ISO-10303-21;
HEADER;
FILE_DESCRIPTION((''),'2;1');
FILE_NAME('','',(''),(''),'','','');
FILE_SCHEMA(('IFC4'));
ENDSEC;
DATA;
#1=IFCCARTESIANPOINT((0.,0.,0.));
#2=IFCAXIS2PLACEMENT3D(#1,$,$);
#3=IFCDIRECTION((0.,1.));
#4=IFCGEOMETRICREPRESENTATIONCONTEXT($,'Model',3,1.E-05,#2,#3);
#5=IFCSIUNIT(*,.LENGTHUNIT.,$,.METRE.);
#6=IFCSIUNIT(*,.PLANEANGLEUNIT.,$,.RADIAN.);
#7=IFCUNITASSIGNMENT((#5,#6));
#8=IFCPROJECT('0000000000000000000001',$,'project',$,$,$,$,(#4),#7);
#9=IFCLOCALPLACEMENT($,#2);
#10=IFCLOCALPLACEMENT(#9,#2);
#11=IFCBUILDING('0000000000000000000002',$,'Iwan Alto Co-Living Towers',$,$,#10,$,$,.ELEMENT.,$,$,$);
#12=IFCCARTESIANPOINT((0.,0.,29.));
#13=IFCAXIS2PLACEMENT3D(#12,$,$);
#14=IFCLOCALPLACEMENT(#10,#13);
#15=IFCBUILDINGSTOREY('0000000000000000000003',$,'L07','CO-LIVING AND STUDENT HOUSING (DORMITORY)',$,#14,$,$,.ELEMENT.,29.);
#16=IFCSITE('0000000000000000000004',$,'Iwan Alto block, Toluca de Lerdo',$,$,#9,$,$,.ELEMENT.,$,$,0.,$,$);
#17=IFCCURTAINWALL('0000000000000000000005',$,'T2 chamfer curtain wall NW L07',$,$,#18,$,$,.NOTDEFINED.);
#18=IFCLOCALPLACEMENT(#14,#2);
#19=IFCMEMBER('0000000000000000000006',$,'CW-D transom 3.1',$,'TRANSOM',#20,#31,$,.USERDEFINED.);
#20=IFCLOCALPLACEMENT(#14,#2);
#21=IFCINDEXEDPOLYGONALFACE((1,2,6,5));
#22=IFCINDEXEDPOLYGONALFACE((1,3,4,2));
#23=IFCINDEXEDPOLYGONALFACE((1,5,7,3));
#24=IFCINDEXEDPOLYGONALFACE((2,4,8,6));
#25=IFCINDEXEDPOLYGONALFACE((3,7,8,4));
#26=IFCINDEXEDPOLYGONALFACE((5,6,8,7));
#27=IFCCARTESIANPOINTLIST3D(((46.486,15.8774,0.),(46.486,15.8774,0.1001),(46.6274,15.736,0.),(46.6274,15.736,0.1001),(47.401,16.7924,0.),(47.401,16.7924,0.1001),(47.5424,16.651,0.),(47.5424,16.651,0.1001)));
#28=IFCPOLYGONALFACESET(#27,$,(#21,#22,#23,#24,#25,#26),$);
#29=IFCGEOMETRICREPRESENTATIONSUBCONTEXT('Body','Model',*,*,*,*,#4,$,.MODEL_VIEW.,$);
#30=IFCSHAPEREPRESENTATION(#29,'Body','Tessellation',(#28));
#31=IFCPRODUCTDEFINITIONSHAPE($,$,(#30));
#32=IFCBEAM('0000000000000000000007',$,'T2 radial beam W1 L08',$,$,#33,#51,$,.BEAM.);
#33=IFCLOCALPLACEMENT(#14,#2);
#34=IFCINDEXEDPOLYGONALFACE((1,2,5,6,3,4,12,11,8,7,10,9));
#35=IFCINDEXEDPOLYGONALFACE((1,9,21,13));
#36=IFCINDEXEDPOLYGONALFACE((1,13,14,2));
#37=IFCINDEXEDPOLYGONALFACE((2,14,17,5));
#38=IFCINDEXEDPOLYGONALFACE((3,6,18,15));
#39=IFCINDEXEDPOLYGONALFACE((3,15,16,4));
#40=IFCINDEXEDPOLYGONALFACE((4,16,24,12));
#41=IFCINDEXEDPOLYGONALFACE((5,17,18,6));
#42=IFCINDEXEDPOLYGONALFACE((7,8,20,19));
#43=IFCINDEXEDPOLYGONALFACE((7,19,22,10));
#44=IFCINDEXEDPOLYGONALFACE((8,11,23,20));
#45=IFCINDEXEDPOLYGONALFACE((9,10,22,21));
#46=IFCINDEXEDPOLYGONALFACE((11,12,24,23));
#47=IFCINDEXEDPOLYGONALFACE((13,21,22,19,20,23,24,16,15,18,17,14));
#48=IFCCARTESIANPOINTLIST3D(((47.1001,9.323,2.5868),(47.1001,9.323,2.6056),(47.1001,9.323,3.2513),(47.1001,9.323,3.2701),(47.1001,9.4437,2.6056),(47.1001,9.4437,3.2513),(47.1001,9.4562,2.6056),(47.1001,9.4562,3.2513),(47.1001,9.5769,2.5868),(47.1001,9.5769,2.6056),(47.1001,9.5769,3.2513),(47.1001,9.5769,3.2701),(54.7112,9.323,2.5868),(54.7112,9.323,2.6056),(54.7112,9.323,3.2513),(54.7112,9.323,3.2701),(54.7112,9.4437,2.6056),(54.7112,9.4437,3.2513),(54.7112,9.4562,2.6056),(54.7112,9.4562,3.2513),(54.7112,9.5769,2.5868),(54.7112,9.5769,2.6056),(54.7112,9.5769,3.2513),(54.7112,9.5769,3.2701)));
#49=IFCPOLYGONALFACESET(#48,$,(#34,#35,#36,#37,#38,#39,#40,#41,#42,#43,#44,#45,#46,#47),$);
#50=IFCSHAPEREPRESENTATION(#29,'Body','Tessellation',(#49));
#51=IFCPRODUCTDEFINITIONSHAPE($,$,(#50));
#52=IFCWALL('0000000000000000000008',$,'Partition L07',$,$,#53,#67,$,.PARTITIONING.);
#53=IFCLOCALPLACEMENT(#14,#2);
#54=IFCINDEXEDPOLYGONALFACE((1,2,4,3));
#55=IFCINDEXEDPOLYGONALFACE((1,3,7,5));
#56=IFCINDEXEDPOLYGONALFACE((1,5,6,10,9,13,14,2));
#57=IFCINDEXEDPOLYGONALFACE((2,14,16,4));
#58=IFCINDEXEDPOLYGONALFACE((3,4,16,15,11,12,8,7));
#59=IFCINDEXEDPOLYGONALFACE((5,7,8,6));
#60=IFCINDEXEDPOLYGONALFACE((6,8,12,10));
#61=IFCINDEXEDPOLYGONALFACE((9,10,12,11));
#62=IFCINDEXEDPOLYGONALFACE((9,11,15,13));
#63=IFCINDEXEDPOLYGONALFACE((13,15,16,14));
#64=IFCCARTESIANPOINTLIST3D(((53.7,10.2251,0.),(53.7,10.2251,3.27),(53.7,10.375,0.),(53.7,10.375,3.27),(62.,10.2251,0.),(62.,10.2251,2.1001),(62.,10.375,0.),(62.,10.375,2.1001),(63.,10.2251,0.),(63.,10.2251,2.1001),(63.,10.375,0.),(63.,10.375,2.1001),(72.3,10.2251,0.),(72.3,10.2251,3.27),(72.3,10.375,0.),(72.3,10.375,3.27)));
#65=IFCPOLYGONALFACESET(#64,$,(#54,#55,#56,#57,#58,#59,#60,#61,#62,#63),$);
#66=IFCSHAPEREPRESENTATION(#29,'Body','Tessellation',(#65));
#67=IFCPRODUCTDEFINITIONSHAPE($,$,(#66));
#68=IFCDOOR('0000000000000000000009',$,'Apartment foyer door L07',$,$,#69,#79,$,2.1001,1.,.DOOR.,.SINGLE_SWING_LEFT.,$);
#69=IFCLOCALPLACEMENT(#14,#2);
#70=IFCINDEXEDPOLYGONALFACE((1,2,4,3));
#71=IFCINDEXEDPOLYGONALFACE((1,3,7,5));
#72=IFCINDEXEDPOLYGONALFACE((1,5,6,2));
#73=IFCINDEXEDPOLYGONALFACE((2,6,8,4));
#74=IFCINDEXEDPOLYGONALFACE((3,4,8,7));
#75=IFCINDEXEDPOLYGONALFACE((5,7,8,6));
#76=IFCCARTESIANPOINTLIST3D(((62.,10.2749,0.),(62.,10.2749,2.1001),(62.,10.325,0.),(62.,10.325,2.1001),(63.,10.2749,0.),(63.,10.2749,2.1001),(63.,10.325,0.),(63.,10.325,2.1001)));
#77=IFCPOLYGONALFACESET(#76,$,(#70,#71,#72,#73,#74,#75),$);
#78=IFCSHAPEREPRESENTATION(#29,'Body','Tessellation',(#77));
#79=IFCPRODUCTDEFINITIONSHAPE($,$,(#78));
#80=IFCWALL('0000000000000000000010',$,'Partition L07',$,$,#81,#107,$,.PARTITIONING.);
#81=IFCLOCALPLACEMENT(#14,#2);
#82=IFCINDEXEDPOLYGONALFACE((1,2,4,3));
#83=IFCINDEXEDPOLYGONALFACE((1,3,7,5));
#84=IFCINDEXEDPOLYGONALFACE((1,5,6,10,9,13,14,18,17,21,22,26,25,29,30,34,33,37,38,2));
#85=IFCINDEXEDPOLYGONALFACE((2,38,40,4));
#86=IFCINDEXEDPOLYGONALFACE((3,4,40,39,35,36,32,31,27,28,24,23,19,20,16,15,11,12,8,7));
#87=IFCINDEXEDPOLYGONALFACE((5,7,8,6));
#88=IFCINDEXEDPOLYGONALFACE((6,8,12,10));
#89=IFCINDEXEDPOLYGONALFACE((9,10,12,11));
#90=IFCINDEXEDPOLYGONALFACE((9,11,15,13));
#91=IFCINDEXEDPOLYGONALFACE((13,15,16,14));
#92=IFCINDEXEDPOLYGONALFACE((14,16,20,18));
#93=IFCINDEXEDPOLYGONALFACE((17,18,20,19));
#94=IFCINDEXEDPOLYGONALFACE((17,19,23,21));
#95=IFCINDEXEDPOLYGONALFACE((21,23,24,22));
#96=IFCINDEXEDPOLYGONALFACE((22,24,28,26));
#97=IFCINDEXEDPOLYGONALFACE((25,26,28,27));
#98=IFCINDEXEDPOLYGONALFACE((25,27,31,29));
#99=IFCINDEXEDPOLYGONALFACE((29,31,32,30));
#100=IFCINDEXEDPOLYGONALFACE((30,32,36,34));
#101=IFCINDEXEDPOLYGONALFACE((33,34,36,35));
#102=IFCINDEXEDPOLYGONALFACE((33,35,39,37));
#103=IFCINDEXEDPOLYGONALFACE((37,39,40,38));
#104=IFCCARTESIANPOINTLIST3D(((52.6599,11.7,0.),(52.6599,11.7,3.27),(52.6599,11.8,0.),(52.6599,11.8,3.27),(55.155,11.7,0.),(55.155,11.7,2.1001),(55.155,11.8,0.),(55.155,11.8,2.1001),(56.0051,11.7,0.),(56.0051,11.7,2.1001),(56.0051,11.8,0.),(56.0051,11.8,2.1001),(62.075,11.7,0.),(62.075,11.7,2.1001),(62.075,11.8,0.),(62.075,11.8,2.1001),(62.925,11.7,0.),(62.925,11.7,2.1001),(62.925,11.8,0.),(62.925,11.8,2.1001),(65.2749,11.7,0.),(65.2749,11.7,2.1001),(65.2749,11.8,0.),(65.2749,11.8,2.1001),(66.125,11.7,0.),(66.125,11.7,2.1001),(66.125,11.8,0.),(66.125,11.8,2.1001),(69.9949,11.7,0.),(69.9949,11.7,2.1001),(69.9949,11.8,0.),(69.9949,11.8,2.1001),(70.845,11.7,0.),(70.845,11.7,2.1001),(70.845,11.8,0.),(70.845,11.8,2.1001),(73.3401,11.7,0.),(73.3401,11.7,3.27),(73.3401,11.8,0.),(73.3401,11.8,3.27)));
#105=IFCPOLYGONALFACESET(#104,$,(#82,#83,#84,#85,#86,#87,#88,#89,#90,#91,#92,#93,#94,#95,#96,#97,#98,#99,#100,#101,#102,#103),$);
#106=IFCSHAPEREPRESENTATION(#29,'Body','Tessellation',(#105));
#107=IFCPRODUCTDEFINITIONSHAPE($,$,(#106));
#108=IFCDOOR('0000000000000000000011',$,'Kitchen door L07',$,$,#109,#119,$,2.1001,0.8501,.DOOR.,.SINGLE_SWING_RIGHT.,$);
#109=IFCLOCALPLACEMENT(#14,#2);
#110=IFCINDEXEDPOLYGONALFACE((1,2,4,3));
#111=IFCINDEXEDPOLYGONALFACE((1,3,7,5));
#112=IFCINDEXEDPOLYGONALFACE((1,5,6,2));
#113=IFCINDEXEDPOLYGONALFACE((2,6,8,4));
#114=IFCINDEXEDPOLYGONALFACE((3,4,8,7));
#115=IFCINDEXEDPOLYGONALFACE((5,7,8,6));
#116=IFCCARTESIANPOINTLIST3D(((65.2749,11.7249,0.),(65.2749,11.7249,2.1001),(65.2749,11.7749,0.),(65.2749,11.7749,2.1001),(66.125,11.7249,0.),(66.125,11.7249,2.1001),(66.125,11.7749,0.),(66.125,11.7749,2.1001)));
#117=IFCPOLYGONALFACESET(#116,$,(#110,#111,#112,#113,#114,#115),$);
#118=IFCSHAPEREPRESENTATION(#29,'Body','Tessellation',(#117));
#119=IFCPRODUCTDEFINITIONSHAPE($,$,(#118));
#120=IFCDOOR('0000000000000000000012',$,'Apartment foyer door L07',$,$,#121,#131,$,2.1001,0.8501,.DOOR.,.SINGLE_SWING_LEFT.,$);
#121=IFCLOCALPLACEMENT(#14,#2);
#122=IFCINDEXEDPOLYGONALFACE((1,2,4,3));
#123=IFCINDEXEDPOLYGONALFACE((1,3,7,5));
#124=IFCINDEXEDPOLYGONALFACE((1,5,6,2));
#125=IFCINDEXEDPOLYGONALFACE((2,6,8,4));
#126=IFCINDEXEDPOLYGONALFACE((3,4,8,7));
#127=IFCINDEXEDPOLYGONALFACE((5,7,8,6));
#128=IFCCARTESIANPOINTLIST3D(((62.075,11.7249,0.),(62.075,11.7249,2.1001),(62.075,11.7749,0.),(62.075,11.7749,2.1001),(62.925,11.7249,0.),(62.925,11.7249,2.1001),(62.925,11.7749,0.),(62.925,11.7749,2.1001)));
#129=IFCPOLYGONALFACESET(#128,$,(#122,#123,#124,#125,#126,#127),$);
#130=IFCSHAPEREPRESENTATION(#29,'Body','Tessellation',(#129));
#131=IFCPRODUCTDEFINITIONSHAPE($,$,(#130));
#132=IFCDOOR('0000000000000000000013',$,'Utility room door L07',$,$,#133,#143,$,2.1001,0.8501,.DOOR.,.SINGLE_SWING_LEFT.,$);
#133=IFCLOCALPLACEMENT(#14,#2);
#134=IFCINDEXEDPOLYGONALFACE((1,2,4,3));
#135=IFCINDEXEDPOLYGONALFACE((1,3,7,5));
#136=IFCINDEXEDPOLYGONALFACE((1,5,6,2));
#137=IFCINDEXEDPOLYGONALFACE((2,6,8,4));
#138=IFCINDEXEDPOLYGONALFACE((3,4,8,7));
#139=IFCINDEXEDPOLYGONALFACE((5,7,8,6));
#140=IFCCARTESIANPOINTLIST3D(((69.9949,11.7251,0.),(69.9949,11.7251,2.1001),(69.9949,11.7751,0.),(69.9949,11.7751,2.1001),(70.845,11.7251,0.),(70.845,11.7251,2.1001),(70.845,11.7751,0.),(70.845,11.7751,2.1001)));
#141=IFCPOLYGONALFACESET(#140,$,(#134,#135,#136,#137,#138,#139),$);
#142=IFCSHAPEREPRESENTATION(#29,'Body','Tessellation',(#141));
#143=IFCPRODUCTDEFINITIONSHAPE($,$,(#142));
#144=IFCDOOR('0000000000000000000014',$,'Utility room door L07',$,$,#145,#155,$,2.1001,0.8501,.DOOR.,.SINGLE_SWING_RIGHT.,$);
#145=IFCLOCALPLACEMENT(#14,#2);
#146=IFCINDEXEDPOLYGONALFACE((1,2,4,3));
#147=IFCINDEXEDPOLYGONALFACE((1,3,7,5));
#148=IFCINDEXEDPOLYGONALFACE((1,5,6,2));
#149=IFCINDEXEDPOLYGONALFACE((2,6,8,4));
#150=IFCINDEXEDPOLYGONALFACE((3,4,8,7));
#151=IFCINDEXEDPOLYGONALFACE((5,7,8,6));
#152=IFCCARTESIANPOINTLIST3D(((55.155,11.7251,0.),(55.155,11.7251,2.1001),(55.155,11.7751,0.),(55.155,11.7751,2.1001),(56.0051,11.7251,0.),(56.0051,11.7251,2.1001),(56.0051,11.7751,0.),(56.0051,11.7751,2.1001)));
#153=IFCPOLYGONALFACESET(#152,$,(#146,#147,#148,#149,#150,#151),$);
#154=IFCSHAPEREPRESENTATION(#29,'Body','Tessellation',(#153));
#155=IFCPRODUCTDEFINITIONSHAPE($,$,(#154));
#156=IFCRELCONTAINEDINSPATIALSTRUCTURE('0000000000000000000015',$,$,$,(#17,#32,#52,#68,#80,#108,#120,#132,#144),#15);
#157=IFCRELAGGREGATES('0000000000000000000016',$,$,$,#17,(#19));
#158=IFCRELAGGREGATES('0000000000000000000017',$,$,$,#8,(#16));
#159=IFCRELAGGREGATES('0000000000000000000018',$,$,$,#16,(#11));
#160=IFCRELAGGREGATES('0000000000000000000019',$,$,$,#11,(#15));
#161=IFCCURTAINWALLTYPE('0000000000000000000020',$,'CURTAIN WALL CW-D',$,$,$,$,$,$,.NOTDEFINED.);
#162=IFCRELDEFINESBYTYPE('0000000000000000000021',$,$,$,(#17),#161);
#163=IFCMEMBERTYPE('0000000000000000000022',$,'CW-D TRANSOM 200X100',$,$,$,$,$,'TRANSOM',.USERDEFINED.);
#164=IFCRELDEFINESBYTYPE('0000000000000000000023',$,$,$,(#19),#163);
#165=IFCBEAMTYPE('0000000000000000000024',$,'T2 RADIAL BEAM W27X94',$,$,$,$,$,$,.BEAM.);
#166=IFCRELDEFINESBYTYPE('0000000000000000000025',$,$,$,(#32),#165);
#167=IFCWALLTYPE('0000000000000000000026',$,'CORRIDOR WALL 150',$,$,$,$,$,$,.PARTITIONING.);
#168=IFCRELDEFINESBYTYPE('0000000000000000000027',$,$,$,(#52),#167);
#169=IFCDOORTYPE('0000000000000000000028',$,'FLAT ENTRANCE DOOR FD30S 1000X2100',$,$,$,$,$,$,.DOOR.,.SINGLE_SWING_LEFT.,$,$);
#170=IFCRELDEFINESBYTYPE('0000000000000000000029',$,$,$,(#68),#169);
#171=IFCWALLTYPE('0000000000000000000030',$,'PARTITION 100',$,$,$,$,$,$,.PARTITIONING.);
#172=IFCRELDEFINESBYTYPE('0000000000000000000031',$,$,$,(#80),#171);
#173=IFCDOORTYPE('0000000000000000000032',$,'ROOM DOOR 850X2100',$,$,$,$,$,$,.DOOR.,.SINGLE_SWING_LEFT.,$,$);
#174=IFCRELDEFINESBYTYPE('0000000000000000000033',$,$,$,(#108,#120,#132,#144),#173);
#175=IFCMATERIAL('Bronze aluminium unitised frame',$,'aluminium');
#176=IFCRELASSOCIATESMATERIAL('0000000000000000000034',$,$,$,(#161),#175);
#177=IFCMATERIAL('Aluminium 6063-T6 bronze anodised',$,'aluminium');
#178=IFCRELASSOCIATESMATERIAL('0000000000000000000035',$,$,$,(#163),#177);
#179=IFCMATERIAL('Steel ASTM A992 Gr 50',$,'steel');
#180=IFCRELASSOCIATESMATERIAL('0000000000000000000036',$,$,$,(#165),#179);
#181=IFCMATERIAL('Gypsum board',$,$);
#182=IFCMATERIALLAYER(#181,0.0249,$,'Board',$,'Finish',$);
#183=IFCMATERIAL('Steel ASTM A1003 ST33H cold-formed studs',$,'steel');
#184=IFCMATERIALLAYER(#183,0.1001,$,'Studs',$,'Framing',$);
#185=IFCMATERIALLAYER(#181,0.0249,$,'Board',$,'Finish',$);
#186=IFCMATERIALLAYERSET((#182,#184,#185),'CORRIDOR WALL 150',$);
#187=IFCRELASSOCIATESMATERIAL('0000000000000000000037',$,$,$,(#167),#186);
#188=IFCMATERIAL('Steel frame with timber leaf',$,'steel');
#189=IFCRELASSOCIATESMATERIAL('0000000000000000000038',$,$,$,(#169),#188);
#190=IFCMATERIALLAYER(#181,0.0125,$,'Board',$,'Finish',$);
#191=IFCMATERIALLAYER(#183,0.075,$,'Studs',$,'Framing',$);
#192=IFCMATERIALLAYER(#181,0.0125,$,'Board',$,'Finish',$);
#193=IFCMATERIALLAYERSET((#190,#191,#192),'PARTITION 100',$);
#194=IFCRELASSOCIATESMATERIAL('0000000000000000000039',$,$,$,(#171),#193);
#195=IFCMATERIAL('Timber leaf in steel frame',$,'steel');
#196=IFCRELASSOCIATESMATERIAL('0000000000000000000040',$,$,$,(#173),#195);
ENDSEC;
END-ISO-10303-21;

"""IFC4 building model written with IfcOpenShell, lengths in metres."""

from ifc_helpers import new_model, si_unit, direction, frame, frame_2d, origin, origin_2d, place, context, subcontext, project, spatial, rectangle, i_section, extrude, material, layer, layer_set, material_profile, profile_set, type_object, element, fill, aggregate, save


model = new_model("IFC4")

# Units and contexts
model_context = context("Model", 3, precision=1e-05, world=origin(), true_north=direction((0.0, 1.0)))
body_context = subcontext(model_context, "Body", "Model", "MODEL_VIEW")
ifc_project = project(units=[si_unit("LENGTHUNIT", "METRE"), si_unit("PLANEANGLEUNIT", "RADIAN")], contexts=[model_context])

# Site, building, storey
site_placement = place(None, origin())
site = spatial("IfcSite", under=ifc_project, at=site_placement, Name="Iwan Alto block, Toluca de Lerdo", CompositionType="ELEMENT", RefElevation=0.0)
building_placement = place(site_placement, origin())
building = spatial("IfcBuilding", under=site, at=building_placement, Name="Iwan Alto Co-Living Towers", CompositionType="ELEMENT")
storey_placement = place(building_placement, frame((0.0, 0.0, 29.0)))
storey = spatial("IfcBuildingStorey", under=building, at=storey_placement, Name="L07", Description="CO-LIVING AND STUDENT HOUSING (DORMITORY)", CompositionType="ELEMENT", Elevation=29.0)

# Curtain wall, member
ifc_material_1 = material(Name="Bronze aluminium unitised frame", Category="aluminium")
curtain_wall_type = type_object("IfcCurtainWallType", Name="CURTAIN WALL CW-D", PredefinedType="NOTDEFINED", material=ifc_material_1)
curtain_wall_placement = place(storey_placement, origin())
curtain_wall = element("IfcCurtainWall", 1, at=curtain_wall_placement, inside=storey, type_object=curtain_wall_type, Name="T2 chamfer curtain wall NW L07", PredefinedType="NOTDEFINED")
ifc_material_2 = material(Name="Aluminium 6063-T6 bronze anodised", Category="aluminium")
ifc_material_profile_1 = material_profile(ifc_material_2, rectangle(XDim=0.2, YDim=0.1001, at=origin_2d()), Name="AL 200X100")
ifc_profile_set_1 = profile_set([ifc_material_profile_1], Name="Aluminium 6063-T6 bronze anodised")
member_type = type_object("IfcMemberType", Name="CW-D TRANSOM 200X100", ElementType="TRANSOM", PredefinedType="USERDEFINED", material=ifc_profile_set_1)
member_placement = place(storey_placement, frame((47.4717, 16.7217, 0.05), z_axis=(-0.707107, -0.707107, 0.0), x_axis=(0.707107, -0.707107, 0.0)))
member = element("IfcMember", 2, at=member_placement, type_object=member_type, Name="CW-D transom 3.1", ObjectType="TRANSOM", PredefinedType="USERDEFINED", context=body_context, shape_type="SweptSolid", body=[
    extrude(rectangle(XDim=0.2, YDim=0.1001, at=origin_2d()), origin(), (0.0, 0.0, 1.0), 1.2939),
])
aggregate(curtain_wall, [member])

# Beam
ifc_material_3 = material(Name="Steel ASTM A992 Gr 50", Category="steel")
ifc_material_profile_2 = material_profile(ifc_material_3, i_section(OverallWidth=0.2539, OverallDepth=0.6833, WebThickness=0.0125, FlangeThickness=0.0188, at=origin_2d()), Name="W27X94")
ifc_profile_set_2 = profile_set([ifc_material_profile_2], Name="Steel ASTM A992 Gr 50")
beam_type = type_object("IfcBeamType", Name="T2 RADIAL BEAM W27X94", PredefinedType="BEAM", material=ifc_profile_set_2)
beam_placement = place(storey_placement, frame((47.1001, 9.45, 2.9285), z_axis=(1.0, 0.0, 0.0), x_axis=(0.0, 1.0, 0.0)))
element("IfcBeam", 3, at=beam_placement, inside=storey, type_object=beam_type, Name="T2 radial beam W1 L08", PredefinedType="BEAM", context=body_context, shape_type="SweptSolid", body=[
    extrude(i_section(OverallWidth=0.2539, OverallDepth=0.6833, WebThickness=0.0125, FlangeThickness=0.0188, at=origin_2d()), origin(), (0.0, 0.0, 1.0), 7.6111),
])

# Wall, opening, door
ifc_material_4 = material(Name="Gypsum board")
ifc_layer_1 = layer(ifc_material_4, 0.0249, Name="Board", Category="Finish")
ifc_material_5 = material(Name="Steel ASTM A1003 ST33H cold-formed studs", Category="steel")
ifc_layer_2 = layer(ifc_material_5, 0.1001, Name="Studs", Category="Framing")
ifc_layer_3 = layer(ifc_material_4, 0.0249, Name="Board", Category="Finish")
ifc_layer_set_1 = layer_set([ifc_layer_1, ifc_layer_2, ifc_layer_3], Name="CORRIDOR WALL 150")
wall_type_1 = type_object("IfcWallType", Name="CORRIDOR WALL 150", PredefinedType="PARTITIONING", material=ifc_layer_set_1)
wall_1_placement = place(storey_placement, frame((53.7, 10.3, 0.0), z_axis=(0.0, 0.0, 1.0), x_axis=(1.0, 0.0, 0.0)))
wall_1 = element("IfcWall", 4, at=wall_1_placement, inside=storey, type_object=wall_type_1, Name="Partition L07", PredefinedType="PARTITIONING", context=body_context, shape_type="SweptSolid", body=[
    extrude(rectangle(XDim=18.6001, YDim=0.1499, at=frame_2d((9.3, 0.0))), origin(), (0.0, 0.0, 1.0), 3.27),
])
opening_1_placement = place(wall_1_placement, frame((8.3, 0.0, 0.0)))
opening_1 = element("IfcOpeningElement", 5, at=opening_1_placement, cuts=wall_1, PredefinedType="OPENING", context=body_context, shape_type="SweptSolid", body=[
    extrude(rectangle(XDim=1.0, YDim=2.1001, at=frame_2d((0.5, 1.05))), frame((0.0, 0.085, 0.0), z_axis=(0.0, -1.0, 0.0), x_axis=(1.0, 0.0, 0.0)), (0.0, 0.0, 1.0), 0.1699),
])
ifc_material_6 = material(Name="Steel frame with timber leaf", Category="steel")
door_type_1 = type_object("IfcDoorType", Name="FLAT ENTRANCE DOOR FD30S 1000X2100", OperationType="SINGLE_SWING_LEFT", PredefinedType="DOOR", material=ifc_material_6)
door_1_placement = place(opening_1_placement, origin())
door_1 = element("IfcDoor", 6, at=door_1_placement, inside=storey, type_object=door_type_1, Name="Apartment foyer door L07", OperationType="SINGLE_SWING_LEFT", OverallHeight=2.1001, OverallWidth=1.0, PredefinedType="DOOR", context=body_context, shape_type="SweptSolid", body=[
    extrude(rectangle(XDim=1.0, YDim=2.1001, at=frame_2d((0.5, 1.05))), frame((0.0, 0.0249, 0.0), z_axis=(0.0, -1.0, 0.0), x_axis=(1.0, 0.0, 0.0)), (0.0, 0.0, 1.0), 0.05),
])
fill(opening_1, door_1)

# Wall, openings, doors
ifc_layer_4 = layer(ifc_material_4, 0.0125, Name="Board", Category="Finish")
ifc_layer_5 = layer(ifc_material_5, 0.075, Name="Studs", Category="Framing")
ifc_layer_6 = layer(ifc_material_4, 0.0125, Name="Board", Category="Finish")
ifc_layer_set_2 = layer_set([ifc_layer_4, ifc_layer_5, ifc_layer_6], Name="PARTITION 100")
wall_type_2 = type_object("IfcWallType", Name="PARTITION 100", PredefinedType="PARTITIONING", material=ifc_layer_set_2)
wall_2_placement = place(storey_placement, frame((52.6599, 11.75, 0.0), z_axis=(0.0, 0.0, 1.0), x_axis=(1.0, 0.0, 0.0)))
wall_2 = element("IfcWall", 7, at=wall_2_placement, inside=storey, type_object=wall_type_2, Name="Partition L07", PredefinedType="PARTITIONING", context=body_context, shape_type="SweptSolid", body=[
    extrude(rectangle(XDim=20.6802, YDim=0.1001, at=frame_2d((10.3401, 0.0))), origin(), (0.0, 0.0, 1.0), 3.27),
])
opening_2_placement = place(wall_2_placement, frame((12.615, 0.0, 0.0)))
opening_2 = element("IfcOpeningElement", 8, at=opening_2_placement, cuts=wall_2, PredefinedType="OPENING", context=body_context, shape_type="SweptSolid", body=[
    extrude(rectangle(XDim=0.8501, YDim=2.1001, at=frame_2d((0.425, 1.05))), frame((0.0, 0.0601, 0.0), z_axis=(0.0, -1.0, 0.0), x_axis=(1.0, 0.0, 0.0)), (0.0, 0.0, 1.0), 0.1201),
])
opening_3_placement = place(wall_2_placement, frame((9.415, 0.0, 0.0)))
opening_3 = element("IfcOpeningElement", 9, at=opening_3_placement, cuts=wall_2, PredefinedType="OPENING", context=body_context, shape_type="SweptSolid", body=[
    extrude(rectangle(XDim=0.8501, YDim=2.1001, at=frame_2d((0.425, 1.05))), frame((0.0, 0.0601, 0.0), z_axis=(0.0, -1.0, 0.0), x_axis=(1.0, 0.0, 0.0)), (0.0, 0.0, 1.0), 0.1201),
])
opening_4_placement = place(wall_2_placement, frame((17.335, 0.0, 0.0)))
opening_4 = element("IfcOpeningElement", 10, at=opening_4_placement, cuts=wall_2, PredefinedType="OPENING", context=body_context, shape_type="SweptSolid", body=[
    extrude(rectangle(XDim=0.8501, YDim=2.1001, at=frame_2d((0.425, 1.05))), frame((0.0, 0.0601, 0.0), z_axis=(0.0, -1.0, 0.0), x_axis=(1.0, 0.0, 0.0)), (0.0, 0.0, 1.0), 0.1201),
])
opening_5_placement = place(wall_2_placement, frame((2.4951, 0.0, 0.0)))
opening_5 = element("IfcOpeningElement", 11, at=opening_5_placement, cuts=wall_2, PredefinedType="OPENING", context=body_context, shape_type="SweptSolid", body=[
    extrude(rectangle(XDim=0.8501, YDim=2.1001, at=frame_2d((0.425, 1.05))), frame((0.0, 0.0601, 0.0), z_axis=(0.0, -1.0, 0.0), x_axis=(1.0, 0.0, 0.0)), (0.0, 0.0, 1.0), 0.1201),
])
ifc_material_7 = material(Name="Timber leaf in steel frame", Category="steel")
door_type_2 = type_object("IfcDoorType", Name="ROOM DOOR 850X2100", OperationType="SINGLE_SWING_LEFT", PredefinedType="DOOR", material=ifc_material_7)
door_2_placement = place(opening_2_placement, origin())
door_2 = element("IfcDoor", 12, at=door_2_placement, inside=storey, type_object=door_type_2, Name="Kitchen door L07", OperationType="SINGLE_SWING_RIGHT", OverallHeight=2.1001, OverallWidth=0.8501, PredefinedType="DOOR", context=body_context, shape_type="SweptSolid", body=[
    extrude(rectangle(XDim=0.8501, YDim=2.1001, at=frame_2d((0.425, 1.05))), frame((0.0, 0.0249, 0.0), z_axis=(0.0, -1.0, 0.0), x_axis=(1.0, 0.0, 0.0)), (0.0, 0.0, 1.0), 0.05),
])
fill(opening_2, door_2)
door_3_placement = place(opening_3_placement, origin())
door_3 = element("IfcDoor", 13, at=door_3_placement, inside=storey, type_object=door_type_2, Name="Apartment foyer door L07", OperationType="SINGLE_SWING_LEFT", OverallHeight=2.1001, OverallWidth=0.8501, PredefinedType="DOOR", context=body_context, shape_type="SweptSolid", body=[
    extrude(rectangle(XDim=0.8501, YDim=2.1001, at=frame_2d((0.425, 1.05))), frame((0.0, 0.0249, 0.0), z_axis=(0.0, -1.0, 0.0), x_axis=(1.0, 0.0, 0.0)), (0.0, 0.0, 1.0), 0.05),
])
fill(opening_3, door_3)
door_4_placement = place(opening_4_placement, frame((0.8501, 0.0, 0.0), z_axis=(0.0, 0.0, 1.0), x_axis=(-1.0, 0.0, 0.0)))
door_4 = element("IfcDoor", 14, at=door_4_placement, inside=storey, type_object=door_type_2, Name="Utility room door L07", OperationType="SINGLE_SWING_LEFT", OverallHeight=2.1001, OverallWidth=0.8501, PredefinedType="DOOR", context=body_context, shape_type="SweptSolid", body=[
    extrude(rectangle(XDim=0.8501, YDim=2.1001, at=frame_2d((0.425, 1.05))), frame((0.0, 0.0249, 0.0), z_axis=(0.0, -1.0, 0.0), x_axis=(1.0, 0.0, 0.0)), (0.0, 0.0, 1.0), 0.05),
])
fill(opening_4, door_4)
door_5_placement = place(opening_5_placement, frame((0.8501, 0.0, 0.0), z_axis=(0.0, 0.0, 1.0), x_axis=(-1.0, 0.0, 0.0)))
door_5 = element("IfcDoor", 15, at=door_5_placement, inside=storey, type_object=door_type_2, Name="Utility room door L07", OperationType="SINGLE_SWING_RIGHT", OverallHeight=2.1001, OverallWidth=0.8501, PredefinedType="DOOR", context=body_context, shape_type="SweptSolid", body=[
    extrude(rectangle(XDim=0.8501, YDim=2.1001, at=frame_2d((0.425, 1.05))), frame((0.0, 0.0249, 0.0), z_axis=(0.0, -1.0, 0.0), x_axis=(1.0, 0.0, 0.0)), (0.0, 0.0, 1.0), 0.05),
])
fill(opening_5, door_5)

save(model, "model.ifc")
